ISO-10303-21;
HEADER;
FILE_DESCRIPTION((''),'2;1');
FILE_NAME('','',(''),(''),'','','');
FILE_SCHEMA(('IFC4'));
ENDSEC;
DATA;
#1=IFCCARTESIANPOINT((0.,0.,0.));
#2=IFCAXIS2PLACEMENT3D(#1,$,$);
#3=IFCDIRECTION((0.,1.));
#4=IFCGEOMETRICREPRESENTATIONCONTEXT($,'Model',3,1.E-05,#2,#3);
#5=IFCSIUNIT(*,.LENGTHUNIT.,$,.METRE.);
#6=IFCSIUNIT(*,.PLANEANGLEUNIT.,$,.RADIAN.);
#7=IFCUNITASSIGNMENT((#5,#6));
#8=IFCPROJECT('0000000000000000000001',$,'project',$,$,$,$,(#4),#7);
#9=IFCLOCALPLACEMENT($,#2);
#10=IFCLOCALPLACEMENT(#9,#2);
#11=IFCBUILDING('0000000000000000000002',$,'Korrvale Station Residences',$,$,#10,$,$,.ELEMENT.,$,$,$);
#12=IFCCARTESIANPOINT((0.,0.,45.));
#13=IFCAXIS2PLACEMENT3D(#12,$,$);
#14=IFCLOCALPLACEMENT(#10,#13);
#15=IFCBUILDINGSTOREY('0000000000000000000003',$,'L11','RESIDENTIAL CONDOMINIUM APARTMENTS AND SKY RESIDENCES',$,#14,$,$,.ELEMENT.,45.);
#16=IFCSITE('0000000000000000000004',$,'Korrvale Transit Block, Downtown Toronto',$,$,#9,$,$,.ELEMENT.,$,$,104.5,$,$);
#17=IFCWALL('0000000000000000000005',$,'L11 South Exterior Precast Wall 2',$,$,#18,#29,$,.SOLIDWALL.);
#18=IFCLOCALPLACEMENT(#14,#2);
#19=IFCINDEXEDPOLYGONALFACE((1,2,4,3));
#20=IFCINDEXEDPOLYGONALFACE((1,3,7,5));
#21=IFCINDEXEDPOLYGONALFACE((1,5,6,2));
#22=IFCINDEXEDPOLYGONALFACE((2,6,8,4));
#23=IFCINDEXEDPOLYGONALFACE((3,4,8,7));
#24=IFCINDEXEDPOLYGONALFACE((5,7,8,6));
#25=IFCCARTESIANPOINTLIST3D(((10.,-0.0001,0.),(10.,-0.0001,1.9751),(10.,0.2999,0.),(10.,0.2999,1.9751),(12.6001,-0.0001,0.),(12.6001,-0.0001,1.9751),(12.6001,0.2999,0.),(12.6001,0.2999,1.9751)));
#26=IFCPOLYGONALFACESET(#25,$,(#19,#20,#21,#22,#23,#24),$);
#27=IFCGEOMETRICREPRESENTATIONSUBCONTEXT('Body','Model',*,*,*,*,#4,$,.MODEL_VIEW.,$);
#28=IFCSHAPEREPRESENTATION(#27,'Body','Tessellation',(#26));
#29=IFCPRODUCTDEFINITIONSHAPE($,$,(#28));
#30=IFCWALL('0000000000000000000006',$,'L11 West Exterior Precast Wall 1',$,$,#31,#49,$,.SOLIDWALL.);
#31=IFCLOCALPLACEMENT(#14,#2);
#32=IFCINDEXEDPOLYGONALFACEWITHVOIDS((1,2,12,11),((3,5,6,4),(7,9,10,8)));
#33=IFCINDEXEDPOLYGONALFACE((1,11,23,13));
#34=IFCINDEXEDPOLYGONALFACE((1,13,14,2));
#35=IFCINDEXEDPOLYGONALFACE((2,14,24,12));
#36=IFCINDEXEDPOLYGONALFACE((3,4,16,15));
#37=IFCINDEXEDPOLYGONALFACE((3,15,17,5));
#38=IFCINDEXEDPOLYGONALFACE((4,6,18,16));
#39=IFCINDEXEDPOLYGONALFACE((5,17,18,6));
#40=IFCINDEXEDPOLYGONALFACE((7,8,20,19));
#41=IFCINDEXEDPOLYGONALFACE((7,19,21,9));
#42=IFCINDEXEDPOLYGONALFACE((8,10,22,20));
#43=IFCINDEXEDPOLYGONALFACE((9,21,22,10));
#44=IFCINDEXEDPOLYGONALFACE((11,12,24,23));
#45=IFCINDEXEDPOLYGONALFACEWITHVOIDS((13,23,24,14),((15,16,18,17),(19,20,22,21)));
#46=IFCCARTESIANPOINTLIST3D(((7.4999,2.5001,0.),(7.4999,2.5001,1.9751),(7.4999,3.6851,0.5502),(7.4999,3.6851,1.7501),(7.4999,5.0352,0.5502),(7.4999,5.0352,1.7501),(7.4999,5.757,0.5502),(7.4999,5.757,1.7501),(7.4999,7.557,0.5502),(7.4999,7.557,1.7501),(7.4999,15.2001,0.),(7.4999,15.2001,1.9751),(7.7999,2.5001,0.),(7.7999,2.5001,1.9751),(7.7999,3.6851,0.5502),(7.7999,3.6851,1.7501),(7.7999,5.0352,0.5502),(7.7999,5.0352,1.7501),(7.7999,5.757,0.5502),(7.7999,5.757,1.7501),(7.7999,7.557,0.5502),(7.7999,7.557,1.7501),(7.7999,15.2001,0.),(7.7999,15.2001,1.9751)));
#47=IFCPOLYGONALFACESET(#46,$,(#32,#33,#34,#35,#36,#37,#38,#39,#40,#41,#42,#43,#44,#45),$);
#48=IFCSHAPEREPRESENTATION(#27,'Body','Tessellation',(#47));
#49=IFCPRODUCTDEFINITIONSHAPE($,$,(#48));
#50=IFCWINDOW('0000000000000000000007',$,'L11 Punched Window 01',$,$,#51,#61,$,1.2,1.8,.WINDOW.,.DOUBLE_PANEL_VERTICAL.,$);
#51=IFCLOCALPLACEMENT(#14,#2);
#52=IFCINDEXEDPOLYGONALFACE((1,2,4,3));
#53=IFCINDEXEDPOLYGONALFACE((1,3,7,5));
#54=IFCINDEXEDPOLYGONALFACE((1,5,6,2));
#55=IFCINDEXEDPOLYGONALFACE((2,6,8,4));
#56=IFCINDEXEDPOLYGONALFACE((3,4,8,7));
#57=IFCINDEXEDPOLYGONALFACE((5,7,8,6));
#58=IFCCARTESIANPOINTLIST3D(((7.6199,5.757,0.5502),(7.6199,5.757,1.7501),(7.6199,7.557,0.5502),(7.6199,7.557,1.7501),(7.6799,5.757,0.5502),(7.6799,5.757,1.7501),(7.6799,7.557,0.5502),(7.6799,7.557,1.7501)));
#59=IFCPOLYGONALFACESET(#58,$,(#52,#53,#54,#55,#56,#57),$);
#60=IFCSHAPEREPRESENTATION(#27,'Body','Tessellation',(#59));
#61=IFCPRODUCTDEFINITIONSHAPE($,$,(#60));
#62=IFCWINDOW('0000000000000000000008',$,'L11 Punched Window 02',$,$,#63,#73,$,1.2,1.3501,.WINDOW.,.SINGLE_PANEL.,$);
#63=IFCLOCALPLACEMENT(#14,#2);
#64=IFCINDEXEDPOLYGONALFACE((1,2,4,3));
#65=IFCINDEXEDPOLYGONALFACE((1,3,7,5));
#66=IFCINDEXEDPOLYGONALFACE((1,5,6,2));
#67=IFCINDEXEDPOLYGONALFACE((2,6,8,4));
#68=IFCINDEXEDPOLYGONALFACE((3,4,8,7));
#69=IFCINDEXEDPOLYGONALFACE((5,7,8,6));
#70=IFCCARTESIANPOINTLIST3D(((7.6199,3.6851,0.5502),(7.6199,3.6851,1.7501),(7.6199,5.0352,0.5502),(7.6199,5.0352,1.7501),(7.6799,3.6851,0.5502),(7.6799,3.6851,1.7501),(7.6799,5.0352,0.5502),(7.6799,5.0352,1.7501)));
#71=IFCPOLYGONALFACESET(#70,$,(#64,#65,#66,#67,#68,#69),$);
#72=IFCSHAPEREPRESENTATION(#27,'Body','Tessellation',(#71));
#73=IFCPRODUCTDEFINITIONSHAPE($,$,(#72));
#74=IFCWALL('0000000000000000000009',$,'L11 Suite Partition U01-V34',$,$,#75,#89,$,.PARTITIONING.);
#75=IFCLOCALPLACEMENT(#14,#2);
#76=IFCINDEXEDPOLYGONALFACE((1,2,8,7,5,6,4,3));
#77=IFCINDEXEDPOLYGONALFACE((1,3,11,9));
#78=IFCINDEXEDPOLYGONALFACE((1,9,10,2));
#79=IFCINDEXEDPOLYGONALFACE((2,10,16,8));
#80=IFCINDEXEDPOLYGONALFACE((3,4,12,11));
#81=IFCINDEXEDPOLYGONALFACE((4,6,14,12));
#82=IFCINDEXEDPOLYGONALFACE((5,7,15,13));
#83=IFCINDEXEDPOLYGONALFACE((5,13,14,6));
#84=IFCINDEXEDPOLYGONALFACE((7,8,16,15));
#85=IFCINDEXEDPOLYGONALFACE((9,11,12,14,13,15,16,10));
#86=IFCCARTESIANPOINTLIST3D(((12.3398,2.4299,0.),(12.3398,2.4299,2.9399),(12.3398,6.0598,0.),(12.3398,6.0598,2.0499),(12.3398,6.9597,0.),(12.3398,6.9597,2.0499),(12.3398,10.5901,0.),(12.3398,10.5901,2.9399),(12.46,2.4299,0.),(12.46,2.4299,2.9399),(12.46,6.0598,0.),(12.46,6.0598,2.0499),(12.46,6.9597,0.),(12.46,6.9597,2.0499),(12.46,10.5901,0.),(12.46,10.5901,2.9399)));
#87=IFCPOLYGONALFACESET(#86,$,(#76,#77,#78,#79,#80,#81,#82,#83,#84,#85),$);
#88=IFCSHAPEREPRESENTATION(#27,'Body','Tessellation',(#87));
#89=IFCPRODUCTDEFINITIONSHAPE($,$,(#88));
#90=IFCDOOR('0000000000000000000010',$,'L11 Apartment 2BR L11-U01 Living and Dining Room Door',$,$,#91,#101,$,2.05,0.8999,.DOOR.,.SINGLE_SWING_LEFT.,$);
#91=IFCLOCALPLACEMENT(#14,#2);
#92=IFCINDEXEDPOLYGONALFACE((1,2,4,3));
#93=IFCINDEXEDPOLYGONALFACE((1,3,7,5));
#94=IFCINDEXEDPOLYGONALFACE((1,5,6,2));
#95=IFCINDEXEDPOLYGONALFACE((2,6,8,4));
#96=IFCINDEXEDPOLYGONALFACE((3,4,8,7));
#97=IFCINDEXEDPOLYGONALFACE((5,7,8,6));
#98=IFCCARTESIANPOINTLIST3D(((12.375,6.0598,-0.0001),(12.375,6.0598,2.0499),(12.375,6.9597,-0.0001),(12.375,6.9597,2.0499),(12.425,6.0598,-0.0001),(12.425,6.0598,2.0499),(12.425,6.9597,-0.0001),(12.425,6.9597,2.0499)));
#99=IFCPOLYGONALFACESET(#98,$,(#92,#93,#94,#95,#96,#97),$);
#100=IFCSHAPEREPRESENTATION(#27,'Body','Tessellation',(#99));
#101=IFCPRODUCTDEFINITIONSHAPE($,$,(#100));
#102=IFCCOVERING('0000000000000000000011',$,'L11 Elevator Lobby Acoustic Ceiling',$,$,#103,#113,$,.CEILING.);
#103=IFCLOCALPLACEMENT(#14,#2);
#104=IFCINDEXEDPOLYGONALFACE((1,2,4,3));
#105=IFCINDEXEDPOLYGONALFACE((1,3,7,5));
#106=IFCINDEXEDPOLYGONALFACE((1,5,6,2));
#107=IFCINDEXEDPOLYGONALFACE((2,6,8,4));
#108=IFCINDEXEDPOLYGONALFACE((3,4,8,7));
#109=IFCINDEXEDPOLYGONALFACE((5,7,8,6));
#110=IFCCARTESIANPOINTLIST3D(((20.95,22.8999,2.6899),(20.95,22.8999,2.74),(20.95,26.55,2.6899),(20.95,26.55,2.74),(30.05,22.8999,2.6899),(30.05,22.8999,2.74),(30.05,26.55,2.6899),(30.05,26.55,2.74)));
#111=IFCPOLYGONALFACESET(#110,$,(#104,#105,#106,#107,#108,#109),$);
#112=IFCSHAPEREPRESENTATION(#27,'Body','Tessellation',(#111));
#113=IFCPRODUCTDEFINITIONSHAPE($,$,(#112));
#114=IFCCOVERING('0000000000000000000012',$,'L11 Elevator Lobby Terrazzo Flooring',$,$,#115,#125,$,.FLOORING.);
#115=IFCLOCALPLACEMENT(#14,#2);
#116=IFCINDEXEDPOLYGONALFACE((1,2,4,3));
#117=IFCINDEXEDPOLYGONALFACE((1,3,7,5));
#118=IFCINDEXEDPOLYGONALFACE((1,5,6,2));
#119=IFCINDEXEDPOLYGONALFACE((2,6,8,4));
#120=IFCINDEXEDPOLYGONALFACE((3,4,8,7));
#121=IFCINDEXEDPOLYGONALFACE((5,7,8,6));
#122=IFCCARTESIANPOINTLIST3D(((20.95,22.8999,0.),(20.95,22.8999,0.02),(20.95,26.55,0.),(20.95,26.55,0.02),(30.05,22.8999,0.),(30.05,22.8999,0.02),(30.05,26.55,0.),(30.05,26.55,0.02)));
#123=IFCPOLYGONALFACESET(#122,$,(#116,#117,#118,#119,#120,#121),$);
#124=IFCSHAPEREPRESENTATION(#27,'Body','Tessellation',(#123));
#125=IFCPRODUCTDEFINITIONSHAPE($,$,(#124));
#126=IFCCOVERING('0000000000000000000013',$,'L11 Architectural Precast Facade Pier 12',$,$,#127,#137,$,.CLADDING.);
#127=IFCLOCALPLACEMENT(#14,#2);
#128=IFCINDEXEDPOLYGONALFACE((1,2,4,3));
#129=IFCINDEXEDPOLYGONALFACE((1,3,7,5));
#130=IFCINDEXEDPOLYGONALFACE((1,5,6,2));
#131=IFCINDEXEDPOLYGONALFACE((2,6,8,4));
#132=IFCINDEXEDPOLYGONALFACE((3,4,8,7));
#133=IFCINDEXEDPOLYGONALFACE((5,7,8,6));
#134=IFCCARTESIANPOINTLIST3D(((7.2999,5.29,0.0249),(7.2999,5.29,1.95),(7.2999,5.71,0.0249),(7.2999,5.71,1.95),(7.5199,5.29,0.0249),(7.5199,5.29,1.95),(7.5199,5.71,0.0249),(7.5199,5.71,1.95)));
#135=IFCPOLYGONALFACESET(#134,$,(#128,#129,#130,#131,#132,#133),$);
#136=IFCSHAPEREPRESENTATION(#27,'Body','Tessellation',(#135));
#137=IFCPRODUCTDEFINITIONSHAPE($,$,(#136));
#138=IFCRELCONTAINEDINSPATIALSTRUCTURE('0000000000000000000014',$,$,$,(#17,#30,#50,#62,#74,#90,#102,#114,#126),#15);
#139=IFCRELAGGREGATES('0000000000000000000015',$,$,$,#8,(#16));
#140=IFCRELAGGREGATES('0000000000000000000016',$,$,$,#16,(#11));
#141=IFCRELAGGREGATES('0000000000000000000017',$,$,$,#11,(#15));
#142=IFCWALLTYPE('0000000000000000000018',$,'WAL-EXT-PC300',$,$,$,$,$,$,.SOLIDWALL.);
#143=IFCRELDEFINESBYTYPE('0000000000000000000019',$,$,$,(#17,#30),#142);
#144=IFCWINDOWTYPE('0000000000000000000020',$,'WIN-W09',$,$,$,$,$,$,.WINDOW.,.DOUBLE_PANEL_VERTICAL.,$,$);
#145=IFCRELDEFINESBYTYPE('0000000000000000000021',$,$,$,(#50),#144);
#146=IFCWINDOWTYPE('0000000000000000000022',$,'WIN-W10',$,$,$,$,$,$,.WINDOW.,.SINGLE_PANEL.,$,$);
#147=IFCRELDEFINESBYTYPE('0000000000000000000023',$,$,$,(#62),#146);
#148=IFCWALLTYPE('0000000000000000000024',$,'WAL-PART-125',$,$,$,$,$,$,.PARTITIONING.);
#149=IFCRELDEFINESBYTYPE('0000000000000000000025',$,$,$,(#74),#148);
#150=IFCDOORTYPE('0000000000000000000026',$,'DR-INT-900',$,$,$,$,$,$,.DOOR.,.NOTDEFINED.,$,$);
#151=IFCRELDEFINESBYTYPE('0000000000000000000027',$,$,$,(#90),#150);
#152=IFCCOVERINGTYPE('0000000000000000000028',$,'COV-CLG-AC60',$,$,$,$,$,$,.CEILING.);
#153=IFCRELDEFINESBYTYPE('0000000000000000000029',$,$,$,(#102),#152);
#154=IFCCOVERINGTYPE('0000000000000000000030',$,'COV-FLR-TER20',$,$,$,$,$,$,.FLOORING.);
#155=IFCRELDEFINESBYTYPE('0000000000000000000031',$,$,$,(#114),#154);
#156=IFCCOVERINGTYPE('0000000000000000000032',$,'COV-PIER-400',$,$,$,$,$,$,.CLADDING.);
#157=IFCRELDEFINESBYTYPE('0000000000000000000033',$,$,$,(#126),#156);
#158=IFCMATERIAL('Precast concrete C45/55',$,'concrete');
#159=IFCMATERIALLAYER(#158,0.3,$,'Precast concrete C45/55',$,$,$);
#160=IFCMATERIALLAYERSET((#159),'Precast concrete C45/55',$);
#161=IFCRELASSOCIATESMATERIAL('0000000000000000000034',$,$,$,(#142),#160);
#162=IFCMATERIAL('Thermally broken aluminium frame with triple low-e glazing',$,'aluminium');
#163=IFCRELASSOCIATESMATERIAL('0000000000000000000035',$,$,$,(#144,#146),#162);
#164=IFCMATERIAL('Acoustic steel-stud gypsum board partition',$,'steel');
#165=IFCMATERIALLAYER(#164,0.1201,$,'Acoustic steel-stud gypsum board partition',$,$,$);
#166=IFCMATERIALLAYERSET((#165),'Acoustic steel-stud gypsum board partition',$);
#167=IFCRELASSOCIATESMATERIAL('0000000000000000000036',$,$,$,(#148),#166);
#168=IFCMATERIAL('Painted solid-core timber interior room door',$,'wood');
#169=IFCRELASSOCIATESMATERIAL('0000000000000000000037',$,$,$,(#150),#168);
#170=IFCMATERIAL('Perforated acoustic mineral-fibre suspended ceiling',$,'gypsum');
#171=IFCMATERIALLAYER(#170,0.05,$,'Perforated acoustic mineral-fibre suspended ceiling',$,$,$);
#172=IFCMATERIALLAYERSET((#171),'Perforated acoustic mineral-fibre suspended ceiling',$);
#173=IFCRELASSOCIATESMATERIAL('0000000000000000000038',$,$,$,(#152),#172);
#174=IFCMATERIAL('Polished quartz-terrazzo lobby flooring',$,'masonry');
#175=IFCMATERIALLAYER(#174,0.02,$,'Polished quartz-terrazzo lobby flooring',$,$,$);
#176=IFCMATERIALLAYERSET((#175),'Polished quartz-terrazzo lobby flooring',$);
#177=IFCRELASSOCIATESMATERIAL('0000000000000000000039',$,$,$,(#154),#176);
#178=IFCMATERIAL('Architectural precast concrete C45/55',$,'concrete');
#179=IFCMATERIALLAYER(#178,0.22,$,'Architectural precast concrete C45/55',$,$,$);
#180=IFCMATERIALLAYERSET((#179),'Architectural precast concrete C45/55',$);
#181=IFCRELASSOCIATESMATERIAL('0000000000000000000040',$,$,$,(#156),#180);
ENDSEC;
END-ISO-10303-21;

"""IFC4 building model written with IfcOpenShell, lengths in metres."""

from ifc_helpers import new_model, si_unit, direction, frame, frame_2d, origin, origin_2d, place, context, subcontext, project, spatial, polyline, rectangle, outline, extrude, material, layer, layer_set, type_object, element, fill, save


model = new_model("IFC4")

# Units and contexts
model_context = context("Model", 3, precision=1e-05, world=origin(), true_north=direction((0.0, 1.0)))
body_context = subcontext(model_context, "Body", "Model", "MODEL_VIEW")
ifc_project = project(units=[si_unit("LENGTHUNIT", "METRE"), si_unit("PLANEANGLEUNIT", "RADIAN")], contexts=[model_context])

# Site, building, storey
site_placement = place(None, origin())
site = spatial("IfcSite", under=ifc_project, at=site_placement, Name="Korrvale Transit Block, Downtown Toronto", CompositionType="ELEMENT", RefElevation=104.5)
building_placement = place(site_placement, origin())
building = spatial("IfcBuilding", under=site, at=building_placement, Name="Korrvale Station Residences", CompositionType="ELEMENT")
storey_placement = place(building_placement, frame((0.0, 0.0, 45.0)))
storey = spatial("IfcBuildingStorey", under=building, at=storey_placement, Name="L11", Description="RESIDENTIAL CONDOMINIUM APARTMENTS AND SKY RESIDENCES", CompositionType="ELEMENT", Elevation=45.0)

# Wall
ifc_material_1 = material(Name="Precast concrete C45/55", Category="concrete")
ifc_layer_1 = layer(ifc_material_1, 0.3, Name="Precast concrete C45/55")
ifc_layer_set_1 = layer_set([ifc_layer_1], Name="Precast concrete C45/55")
wall_type_1 = type_object("IfcWallType", Name="WAL-EXT-PC300", PredefinedType="SOLIDWALL", material=ifc_layer_set_1)
wall_1_placement = place(storey_placement, frame((12.6001, 0.1499, 0.0), z_axis=(0.0, 0.0, 1.0), x_axis=(-1.0, 0.0, 0.0)))
element("IfcWall", 1, at=wall_1_placement, inside=storey, type_object=wall_type_1, Name="L11 South Exterior Precast Wall 2", PredefinedType="SOLIDWALL", context=body_context, shape_type="SweptSolid", body=[
    extrude(rectangle(XDim=2.6001, YDim=0.3, at=frame_2d((1.3, 0.0))), origin(), (0.0, 0.0, 1.0), 1.9751),
])

# Wall, openings, windows
wall_2_placement = place(storey_placement, frame((7.6499, 2.5, 0.0), z_axis=(0.0, 0.0, 1.0), x_axis=(0.0, 1.0, 0.0)))
wall_2 = element("IfcWall", 2, at=wall_2_placement, inside=storey, type_object=wall_type_1, Name="L11 West Exterior Precast Wall 1", PredefinedType="SOLIDWALL", context=body_context, shape_type="SweptSolid", body=[
    extrude(rectangle(XDim=12.7, YDim=0.3, at=frame_2d((6.3501, 0.0))), origin(), (0.0, 0.0, 1.0), 1.9751),
])
opening_1_placement = place(wall_2_placement, frame((3.2571, 0.0, 0.55)))
opening_1 = element("IfcOpeningElement", 3, at=opening_1_placement, cuts=wall_2, PredefinedType="OPENING", context=body_context, shape_type="SweptSolid", body=[
    extrude(rectangle(XDim=1.8, YDim=1.2, at=frame_2d((0.8999, 0.6001))), frame((0.0, 0.1602, 0.0), z_axis=(0.0, -1.0, 0.0), x_axis=(1.0, 0.0, 0.0)), (0.0, 0.0, 1.0), 0.3201),
])
opening_2_placement = place(wall_2_placement, frame((1.1851, 0.0, 0.55)))
opening_2 = element("IfcOpeningElement", 4, at=opening_2_placement, cuts=wall_2, PredefinedType="OPENING", context=body_context, shape_type="SweptSolid", body=[
    extrude(rectangle(XDim=1.3501, YDim=1.2, at=frame_2d((0.675, 0.6001))), frame((0.0, 0.1602, 0.0), z_axis=(0.0, -1.0, 0.0), x_axis=(1.0, 0.0, 0.0)), (0.0, 0.0, 1.0), 0.3201),
])
ifc_material_2 = material(Name="Thermally broken aluminium frame with triple low-e glazing", Category="aluminium")
window_type_1 = type_object("IfcWindowType", Name="WIN-W09", PartitioningType="DOUBLE_PANEL_VERTICAL", PredefinedType="WINDOW", material=ifc_material_2)
window_1_placement = place(opening_1_placement, origin())
window_1 = element("IfcWindow", 5, at=window_1_placement, inside=storey, type_object=window_type_1, Name="L11 Punched Window 01", OverallHeight=1.2, OverallWidth=1.8, PartitioningType="DOUBLE_PANEL_VERTICAL", PredefinedType="WINDOW", context=body_context, shape_type="SweptSolid", body=[
    extrude(rectangle(XDim=1.8, YDim=1.2, at=frame_2d((0.8999, 0.6001))), frame((0.0, 0.03, 0.0), z_axis=(0.0, -1.0, 0.0), x_axis=(1.0, 0.0, 0.0)), (0.0, 0.0, 1.0), 0.0601),
])
fill(opening_1, window_1)
window_type_2 = type_object("IfcWindowType", Name="WIN-W10", PartitioningType="SINGLE_PANEL", PredefinedType="WINDOW", material=ifc_material_2)
window_2_placement = place(opening_2_placement, origin())
window_2 = element("IfcWindow", 6, at=window_2_placement, inside=storey, type_object=window_type_2, Name="L11 Punched Window 02", OverallHeight=1.2, OverallWidth=1.3501, PartitioningType="SINGLE_PANEL", PredefinedType="WINDOW", context=body_context, shape_type="SweptSolid", body=[
    extrude(rectangle(XDim=1.3501, YDim=1.2, at=frame_2d((0.675, 0.6001))), frame((0.0, 0.03, 0.0), z_axis=(0.0, -1.0, 0.0), x_axis=(1.0, 0.0, 0.0)), (0.0, 0.0, 1.0), 0.0601),
])
fill(opening_2, window_2)

# Wall, opening, door
ifc_material_3 = material(Name="Acoustic steel-stud gypsum board partition", Category="steel")
ifc_layer_2 = layer(ifc_material_3, 0.1201, Name="Acoustic steel-stud gypsum board partition")
ifc_layer_set_2 = layer_set([ifc_layer_2], Name="Acoustic steel-stud gypsum board partition")
wall_type_2 = type_object("IfcWallType", Name="WAL-PART-125", PredefinedType="PARTITIONING", material=ifc_layer_set_2)
wall_3_placement = place(storey_placement, frame((12.3999, 2.4299, 0.0), z_axis=(0.0, 0.0, 1.0), x_axis=(0.0, 1.0, 0.0)))
wall_3 = element("IfcWall", 7, at=wall_3_placement, inside=storey, type_object=wall_type_2, Name="L11 Suite Partition U01-V34", PredefinedType="PARTITIONING", context=body_context, shape_type="SweptSolid", body=[
    extrude(rectangle(XDim=8.1602, YDim=0.1201, at=frame_2d((4.0801, 0.0))), origin(), (0.0, 0.0, 1.0), 2.9399),
])
opening_3_placement = place(wall_3_placement, frame((3.6299, 0.0, 0.0)))
opening_3 = element("IfcOpeningElement", 8, at=opening_3_placement, cuts=wall_3, PredefinedType="OPENING", context=body_context, shape_type="SweptSolid", body=[
    extrude(rectangle(XDim=0.8999, YDim=2.05, at=frame_2d((0.45, 1.0249))), frame((0.0, 0.0701, 0.0), z_axis=(0.0, -1.0, 0.0), x_axis=(1.0, 0.0, 0.0)), (0.0, 0.0, 1.0), 0.1401),
])
ifc_material_4 = material(Name="Painted solid-core timber interior room door", Category="wood")
door_type = type_object("IfcDoorType", Name="DR-INT-900", OperationType="NOTDEFINED", PredefinedType="DOOR", material=ifc_material_4)
door_placement = place(opening_3_placement, origin())
door = element("IfcDoor", 9, at=door_placement, inside=storey, type_object=door_type, Name="L11 Apartment 2BR L11-U01 Living and Dining Room Door", OperationType="SINGLE_SWING_LEFT", OverallHeight=2.05, OverallWidth=0.8999, PredefinedType="DOOR", context=body_context, shape_type="SweptSolid", body=[
    extrude(rectangle(XDim=0.8999, YDim=2.05, at=frame_2d((0.45, 1.0249))), frame((0.0, 0.0249, 0.0), z_axis=(0.0, -1.0, 0.0), x_axis=(1.0, 0.0, 0.0)), (0.0, 0.0, 1.0), 0.05),
])
fill(opening_3, door)

# Coverings
ifc_material_5 = material(Name="Perforated acoustic mineral-fibre suspended ceiling", Category="gypsum")
ifc_layer_3 = layer(ifc_material_5, 0.05, Name="Perforated acoustic mineral-fibre suspended ceiling")
ifc_layer_set_3 = layer_set([ifc_layer_3], Name="Perforated acoustic mineral-fibre suspended ceiling")
covering_type_1 = type_object("IfcCoveringType", Name="COV-CLG-AC60", PredefinedType="CEILING", material=ifc_layer_set_3)
covering_1_placement = place(storey_placement, frame((0.0, 0.0, 2.6899)))
element("IfcCovering", 10, at=covering_1_placement, inside=storey, type_object=covering_type_1, Name="L11 Elevator Lobby Acoustic Ceiling", PredefinedType="CEILING", context=body_context, shape_type="SweptSolid", body=[
    extrude(outline(polyline([(20.95, 22.8999), (30.05, 22.8999), (30.05, 26.55), (20.95, 26.55), (20.95, 22.8999)])), origin(), (0.0, 0.0, 1.0), 0.05),
])
ifc_material_6 = material(Name="Polished quartz-terrazzo lobby flooring", Category="masonry")
ifc_layer_4 = layer(ifc_material_6, 0.02, Name="Polished quartz-terrazzo lobby flooring")
ifc_layer_set_4 = layer_set([ifc_layer_4], Name="Polished quartz-terrazzo lobby flooring")
covering_type_2 = type_object("IfcCoveringType", Name="COV-FLR-TER20", PredefinedType="FLOORING", material=ifc_layer_set_4)
covering_2_placement = place(storey_placement, origin())
element("IfcCovering", 11, at=covering_2_placement, inside=storey, type_object=covering_type_2, Name="L11 Elevator Lobby Terrazzo Flooring", PredefinedType="FLOORING", context=body_context, shape_type="SweptSolid", body=[
    extrude(outline(polyline([(20.95, 22.8999), (30.05, 22.8999), (30.05, 26.55), (20.95, 26.55), (20.95, 22.8999)])), origin(), (0.0, 0.0, 1.0), 0.02),
])
ifc_material_7 = material(Name="Architectural precast concrete C45/55", Category="concrete")
ifc_layer_5 = layer(ifc_material_7, 0.22, Name="Architectural precast concrete C45/55")
ifc_layer_set_5 = layer_set([ifc_layer_5], Name="Architectural precast concrete C45/55")
covering_type_3 = type_object("IfcCoveringType", Name="COV-PIER-400", PredefinedType="CLADDING", material=ifc_layer_set_5)
covering_3_placement = place(storey_placement, frame((7.4099, 5.5, 0.0249), z_axis=(0.0, 0.0, 1.0), x_axis=(0.0, 1.0, 0.0)))
element("IfcCovering", 12, at=covering_3_placement, inside=storey, type_object=covering_type_3, Name="L11 Architectural Precast Facade Pier 12", PredefinedType="CLADDING", context=body_context, shape_type="SweptSolid", body=[
    extrude(rectangle(XDim=0.4199, YDim=0.22, at=origin_2d()), origin(), (0.0, 0.0, 1.0), 1.925),
])

save(model, "model.ifc")
